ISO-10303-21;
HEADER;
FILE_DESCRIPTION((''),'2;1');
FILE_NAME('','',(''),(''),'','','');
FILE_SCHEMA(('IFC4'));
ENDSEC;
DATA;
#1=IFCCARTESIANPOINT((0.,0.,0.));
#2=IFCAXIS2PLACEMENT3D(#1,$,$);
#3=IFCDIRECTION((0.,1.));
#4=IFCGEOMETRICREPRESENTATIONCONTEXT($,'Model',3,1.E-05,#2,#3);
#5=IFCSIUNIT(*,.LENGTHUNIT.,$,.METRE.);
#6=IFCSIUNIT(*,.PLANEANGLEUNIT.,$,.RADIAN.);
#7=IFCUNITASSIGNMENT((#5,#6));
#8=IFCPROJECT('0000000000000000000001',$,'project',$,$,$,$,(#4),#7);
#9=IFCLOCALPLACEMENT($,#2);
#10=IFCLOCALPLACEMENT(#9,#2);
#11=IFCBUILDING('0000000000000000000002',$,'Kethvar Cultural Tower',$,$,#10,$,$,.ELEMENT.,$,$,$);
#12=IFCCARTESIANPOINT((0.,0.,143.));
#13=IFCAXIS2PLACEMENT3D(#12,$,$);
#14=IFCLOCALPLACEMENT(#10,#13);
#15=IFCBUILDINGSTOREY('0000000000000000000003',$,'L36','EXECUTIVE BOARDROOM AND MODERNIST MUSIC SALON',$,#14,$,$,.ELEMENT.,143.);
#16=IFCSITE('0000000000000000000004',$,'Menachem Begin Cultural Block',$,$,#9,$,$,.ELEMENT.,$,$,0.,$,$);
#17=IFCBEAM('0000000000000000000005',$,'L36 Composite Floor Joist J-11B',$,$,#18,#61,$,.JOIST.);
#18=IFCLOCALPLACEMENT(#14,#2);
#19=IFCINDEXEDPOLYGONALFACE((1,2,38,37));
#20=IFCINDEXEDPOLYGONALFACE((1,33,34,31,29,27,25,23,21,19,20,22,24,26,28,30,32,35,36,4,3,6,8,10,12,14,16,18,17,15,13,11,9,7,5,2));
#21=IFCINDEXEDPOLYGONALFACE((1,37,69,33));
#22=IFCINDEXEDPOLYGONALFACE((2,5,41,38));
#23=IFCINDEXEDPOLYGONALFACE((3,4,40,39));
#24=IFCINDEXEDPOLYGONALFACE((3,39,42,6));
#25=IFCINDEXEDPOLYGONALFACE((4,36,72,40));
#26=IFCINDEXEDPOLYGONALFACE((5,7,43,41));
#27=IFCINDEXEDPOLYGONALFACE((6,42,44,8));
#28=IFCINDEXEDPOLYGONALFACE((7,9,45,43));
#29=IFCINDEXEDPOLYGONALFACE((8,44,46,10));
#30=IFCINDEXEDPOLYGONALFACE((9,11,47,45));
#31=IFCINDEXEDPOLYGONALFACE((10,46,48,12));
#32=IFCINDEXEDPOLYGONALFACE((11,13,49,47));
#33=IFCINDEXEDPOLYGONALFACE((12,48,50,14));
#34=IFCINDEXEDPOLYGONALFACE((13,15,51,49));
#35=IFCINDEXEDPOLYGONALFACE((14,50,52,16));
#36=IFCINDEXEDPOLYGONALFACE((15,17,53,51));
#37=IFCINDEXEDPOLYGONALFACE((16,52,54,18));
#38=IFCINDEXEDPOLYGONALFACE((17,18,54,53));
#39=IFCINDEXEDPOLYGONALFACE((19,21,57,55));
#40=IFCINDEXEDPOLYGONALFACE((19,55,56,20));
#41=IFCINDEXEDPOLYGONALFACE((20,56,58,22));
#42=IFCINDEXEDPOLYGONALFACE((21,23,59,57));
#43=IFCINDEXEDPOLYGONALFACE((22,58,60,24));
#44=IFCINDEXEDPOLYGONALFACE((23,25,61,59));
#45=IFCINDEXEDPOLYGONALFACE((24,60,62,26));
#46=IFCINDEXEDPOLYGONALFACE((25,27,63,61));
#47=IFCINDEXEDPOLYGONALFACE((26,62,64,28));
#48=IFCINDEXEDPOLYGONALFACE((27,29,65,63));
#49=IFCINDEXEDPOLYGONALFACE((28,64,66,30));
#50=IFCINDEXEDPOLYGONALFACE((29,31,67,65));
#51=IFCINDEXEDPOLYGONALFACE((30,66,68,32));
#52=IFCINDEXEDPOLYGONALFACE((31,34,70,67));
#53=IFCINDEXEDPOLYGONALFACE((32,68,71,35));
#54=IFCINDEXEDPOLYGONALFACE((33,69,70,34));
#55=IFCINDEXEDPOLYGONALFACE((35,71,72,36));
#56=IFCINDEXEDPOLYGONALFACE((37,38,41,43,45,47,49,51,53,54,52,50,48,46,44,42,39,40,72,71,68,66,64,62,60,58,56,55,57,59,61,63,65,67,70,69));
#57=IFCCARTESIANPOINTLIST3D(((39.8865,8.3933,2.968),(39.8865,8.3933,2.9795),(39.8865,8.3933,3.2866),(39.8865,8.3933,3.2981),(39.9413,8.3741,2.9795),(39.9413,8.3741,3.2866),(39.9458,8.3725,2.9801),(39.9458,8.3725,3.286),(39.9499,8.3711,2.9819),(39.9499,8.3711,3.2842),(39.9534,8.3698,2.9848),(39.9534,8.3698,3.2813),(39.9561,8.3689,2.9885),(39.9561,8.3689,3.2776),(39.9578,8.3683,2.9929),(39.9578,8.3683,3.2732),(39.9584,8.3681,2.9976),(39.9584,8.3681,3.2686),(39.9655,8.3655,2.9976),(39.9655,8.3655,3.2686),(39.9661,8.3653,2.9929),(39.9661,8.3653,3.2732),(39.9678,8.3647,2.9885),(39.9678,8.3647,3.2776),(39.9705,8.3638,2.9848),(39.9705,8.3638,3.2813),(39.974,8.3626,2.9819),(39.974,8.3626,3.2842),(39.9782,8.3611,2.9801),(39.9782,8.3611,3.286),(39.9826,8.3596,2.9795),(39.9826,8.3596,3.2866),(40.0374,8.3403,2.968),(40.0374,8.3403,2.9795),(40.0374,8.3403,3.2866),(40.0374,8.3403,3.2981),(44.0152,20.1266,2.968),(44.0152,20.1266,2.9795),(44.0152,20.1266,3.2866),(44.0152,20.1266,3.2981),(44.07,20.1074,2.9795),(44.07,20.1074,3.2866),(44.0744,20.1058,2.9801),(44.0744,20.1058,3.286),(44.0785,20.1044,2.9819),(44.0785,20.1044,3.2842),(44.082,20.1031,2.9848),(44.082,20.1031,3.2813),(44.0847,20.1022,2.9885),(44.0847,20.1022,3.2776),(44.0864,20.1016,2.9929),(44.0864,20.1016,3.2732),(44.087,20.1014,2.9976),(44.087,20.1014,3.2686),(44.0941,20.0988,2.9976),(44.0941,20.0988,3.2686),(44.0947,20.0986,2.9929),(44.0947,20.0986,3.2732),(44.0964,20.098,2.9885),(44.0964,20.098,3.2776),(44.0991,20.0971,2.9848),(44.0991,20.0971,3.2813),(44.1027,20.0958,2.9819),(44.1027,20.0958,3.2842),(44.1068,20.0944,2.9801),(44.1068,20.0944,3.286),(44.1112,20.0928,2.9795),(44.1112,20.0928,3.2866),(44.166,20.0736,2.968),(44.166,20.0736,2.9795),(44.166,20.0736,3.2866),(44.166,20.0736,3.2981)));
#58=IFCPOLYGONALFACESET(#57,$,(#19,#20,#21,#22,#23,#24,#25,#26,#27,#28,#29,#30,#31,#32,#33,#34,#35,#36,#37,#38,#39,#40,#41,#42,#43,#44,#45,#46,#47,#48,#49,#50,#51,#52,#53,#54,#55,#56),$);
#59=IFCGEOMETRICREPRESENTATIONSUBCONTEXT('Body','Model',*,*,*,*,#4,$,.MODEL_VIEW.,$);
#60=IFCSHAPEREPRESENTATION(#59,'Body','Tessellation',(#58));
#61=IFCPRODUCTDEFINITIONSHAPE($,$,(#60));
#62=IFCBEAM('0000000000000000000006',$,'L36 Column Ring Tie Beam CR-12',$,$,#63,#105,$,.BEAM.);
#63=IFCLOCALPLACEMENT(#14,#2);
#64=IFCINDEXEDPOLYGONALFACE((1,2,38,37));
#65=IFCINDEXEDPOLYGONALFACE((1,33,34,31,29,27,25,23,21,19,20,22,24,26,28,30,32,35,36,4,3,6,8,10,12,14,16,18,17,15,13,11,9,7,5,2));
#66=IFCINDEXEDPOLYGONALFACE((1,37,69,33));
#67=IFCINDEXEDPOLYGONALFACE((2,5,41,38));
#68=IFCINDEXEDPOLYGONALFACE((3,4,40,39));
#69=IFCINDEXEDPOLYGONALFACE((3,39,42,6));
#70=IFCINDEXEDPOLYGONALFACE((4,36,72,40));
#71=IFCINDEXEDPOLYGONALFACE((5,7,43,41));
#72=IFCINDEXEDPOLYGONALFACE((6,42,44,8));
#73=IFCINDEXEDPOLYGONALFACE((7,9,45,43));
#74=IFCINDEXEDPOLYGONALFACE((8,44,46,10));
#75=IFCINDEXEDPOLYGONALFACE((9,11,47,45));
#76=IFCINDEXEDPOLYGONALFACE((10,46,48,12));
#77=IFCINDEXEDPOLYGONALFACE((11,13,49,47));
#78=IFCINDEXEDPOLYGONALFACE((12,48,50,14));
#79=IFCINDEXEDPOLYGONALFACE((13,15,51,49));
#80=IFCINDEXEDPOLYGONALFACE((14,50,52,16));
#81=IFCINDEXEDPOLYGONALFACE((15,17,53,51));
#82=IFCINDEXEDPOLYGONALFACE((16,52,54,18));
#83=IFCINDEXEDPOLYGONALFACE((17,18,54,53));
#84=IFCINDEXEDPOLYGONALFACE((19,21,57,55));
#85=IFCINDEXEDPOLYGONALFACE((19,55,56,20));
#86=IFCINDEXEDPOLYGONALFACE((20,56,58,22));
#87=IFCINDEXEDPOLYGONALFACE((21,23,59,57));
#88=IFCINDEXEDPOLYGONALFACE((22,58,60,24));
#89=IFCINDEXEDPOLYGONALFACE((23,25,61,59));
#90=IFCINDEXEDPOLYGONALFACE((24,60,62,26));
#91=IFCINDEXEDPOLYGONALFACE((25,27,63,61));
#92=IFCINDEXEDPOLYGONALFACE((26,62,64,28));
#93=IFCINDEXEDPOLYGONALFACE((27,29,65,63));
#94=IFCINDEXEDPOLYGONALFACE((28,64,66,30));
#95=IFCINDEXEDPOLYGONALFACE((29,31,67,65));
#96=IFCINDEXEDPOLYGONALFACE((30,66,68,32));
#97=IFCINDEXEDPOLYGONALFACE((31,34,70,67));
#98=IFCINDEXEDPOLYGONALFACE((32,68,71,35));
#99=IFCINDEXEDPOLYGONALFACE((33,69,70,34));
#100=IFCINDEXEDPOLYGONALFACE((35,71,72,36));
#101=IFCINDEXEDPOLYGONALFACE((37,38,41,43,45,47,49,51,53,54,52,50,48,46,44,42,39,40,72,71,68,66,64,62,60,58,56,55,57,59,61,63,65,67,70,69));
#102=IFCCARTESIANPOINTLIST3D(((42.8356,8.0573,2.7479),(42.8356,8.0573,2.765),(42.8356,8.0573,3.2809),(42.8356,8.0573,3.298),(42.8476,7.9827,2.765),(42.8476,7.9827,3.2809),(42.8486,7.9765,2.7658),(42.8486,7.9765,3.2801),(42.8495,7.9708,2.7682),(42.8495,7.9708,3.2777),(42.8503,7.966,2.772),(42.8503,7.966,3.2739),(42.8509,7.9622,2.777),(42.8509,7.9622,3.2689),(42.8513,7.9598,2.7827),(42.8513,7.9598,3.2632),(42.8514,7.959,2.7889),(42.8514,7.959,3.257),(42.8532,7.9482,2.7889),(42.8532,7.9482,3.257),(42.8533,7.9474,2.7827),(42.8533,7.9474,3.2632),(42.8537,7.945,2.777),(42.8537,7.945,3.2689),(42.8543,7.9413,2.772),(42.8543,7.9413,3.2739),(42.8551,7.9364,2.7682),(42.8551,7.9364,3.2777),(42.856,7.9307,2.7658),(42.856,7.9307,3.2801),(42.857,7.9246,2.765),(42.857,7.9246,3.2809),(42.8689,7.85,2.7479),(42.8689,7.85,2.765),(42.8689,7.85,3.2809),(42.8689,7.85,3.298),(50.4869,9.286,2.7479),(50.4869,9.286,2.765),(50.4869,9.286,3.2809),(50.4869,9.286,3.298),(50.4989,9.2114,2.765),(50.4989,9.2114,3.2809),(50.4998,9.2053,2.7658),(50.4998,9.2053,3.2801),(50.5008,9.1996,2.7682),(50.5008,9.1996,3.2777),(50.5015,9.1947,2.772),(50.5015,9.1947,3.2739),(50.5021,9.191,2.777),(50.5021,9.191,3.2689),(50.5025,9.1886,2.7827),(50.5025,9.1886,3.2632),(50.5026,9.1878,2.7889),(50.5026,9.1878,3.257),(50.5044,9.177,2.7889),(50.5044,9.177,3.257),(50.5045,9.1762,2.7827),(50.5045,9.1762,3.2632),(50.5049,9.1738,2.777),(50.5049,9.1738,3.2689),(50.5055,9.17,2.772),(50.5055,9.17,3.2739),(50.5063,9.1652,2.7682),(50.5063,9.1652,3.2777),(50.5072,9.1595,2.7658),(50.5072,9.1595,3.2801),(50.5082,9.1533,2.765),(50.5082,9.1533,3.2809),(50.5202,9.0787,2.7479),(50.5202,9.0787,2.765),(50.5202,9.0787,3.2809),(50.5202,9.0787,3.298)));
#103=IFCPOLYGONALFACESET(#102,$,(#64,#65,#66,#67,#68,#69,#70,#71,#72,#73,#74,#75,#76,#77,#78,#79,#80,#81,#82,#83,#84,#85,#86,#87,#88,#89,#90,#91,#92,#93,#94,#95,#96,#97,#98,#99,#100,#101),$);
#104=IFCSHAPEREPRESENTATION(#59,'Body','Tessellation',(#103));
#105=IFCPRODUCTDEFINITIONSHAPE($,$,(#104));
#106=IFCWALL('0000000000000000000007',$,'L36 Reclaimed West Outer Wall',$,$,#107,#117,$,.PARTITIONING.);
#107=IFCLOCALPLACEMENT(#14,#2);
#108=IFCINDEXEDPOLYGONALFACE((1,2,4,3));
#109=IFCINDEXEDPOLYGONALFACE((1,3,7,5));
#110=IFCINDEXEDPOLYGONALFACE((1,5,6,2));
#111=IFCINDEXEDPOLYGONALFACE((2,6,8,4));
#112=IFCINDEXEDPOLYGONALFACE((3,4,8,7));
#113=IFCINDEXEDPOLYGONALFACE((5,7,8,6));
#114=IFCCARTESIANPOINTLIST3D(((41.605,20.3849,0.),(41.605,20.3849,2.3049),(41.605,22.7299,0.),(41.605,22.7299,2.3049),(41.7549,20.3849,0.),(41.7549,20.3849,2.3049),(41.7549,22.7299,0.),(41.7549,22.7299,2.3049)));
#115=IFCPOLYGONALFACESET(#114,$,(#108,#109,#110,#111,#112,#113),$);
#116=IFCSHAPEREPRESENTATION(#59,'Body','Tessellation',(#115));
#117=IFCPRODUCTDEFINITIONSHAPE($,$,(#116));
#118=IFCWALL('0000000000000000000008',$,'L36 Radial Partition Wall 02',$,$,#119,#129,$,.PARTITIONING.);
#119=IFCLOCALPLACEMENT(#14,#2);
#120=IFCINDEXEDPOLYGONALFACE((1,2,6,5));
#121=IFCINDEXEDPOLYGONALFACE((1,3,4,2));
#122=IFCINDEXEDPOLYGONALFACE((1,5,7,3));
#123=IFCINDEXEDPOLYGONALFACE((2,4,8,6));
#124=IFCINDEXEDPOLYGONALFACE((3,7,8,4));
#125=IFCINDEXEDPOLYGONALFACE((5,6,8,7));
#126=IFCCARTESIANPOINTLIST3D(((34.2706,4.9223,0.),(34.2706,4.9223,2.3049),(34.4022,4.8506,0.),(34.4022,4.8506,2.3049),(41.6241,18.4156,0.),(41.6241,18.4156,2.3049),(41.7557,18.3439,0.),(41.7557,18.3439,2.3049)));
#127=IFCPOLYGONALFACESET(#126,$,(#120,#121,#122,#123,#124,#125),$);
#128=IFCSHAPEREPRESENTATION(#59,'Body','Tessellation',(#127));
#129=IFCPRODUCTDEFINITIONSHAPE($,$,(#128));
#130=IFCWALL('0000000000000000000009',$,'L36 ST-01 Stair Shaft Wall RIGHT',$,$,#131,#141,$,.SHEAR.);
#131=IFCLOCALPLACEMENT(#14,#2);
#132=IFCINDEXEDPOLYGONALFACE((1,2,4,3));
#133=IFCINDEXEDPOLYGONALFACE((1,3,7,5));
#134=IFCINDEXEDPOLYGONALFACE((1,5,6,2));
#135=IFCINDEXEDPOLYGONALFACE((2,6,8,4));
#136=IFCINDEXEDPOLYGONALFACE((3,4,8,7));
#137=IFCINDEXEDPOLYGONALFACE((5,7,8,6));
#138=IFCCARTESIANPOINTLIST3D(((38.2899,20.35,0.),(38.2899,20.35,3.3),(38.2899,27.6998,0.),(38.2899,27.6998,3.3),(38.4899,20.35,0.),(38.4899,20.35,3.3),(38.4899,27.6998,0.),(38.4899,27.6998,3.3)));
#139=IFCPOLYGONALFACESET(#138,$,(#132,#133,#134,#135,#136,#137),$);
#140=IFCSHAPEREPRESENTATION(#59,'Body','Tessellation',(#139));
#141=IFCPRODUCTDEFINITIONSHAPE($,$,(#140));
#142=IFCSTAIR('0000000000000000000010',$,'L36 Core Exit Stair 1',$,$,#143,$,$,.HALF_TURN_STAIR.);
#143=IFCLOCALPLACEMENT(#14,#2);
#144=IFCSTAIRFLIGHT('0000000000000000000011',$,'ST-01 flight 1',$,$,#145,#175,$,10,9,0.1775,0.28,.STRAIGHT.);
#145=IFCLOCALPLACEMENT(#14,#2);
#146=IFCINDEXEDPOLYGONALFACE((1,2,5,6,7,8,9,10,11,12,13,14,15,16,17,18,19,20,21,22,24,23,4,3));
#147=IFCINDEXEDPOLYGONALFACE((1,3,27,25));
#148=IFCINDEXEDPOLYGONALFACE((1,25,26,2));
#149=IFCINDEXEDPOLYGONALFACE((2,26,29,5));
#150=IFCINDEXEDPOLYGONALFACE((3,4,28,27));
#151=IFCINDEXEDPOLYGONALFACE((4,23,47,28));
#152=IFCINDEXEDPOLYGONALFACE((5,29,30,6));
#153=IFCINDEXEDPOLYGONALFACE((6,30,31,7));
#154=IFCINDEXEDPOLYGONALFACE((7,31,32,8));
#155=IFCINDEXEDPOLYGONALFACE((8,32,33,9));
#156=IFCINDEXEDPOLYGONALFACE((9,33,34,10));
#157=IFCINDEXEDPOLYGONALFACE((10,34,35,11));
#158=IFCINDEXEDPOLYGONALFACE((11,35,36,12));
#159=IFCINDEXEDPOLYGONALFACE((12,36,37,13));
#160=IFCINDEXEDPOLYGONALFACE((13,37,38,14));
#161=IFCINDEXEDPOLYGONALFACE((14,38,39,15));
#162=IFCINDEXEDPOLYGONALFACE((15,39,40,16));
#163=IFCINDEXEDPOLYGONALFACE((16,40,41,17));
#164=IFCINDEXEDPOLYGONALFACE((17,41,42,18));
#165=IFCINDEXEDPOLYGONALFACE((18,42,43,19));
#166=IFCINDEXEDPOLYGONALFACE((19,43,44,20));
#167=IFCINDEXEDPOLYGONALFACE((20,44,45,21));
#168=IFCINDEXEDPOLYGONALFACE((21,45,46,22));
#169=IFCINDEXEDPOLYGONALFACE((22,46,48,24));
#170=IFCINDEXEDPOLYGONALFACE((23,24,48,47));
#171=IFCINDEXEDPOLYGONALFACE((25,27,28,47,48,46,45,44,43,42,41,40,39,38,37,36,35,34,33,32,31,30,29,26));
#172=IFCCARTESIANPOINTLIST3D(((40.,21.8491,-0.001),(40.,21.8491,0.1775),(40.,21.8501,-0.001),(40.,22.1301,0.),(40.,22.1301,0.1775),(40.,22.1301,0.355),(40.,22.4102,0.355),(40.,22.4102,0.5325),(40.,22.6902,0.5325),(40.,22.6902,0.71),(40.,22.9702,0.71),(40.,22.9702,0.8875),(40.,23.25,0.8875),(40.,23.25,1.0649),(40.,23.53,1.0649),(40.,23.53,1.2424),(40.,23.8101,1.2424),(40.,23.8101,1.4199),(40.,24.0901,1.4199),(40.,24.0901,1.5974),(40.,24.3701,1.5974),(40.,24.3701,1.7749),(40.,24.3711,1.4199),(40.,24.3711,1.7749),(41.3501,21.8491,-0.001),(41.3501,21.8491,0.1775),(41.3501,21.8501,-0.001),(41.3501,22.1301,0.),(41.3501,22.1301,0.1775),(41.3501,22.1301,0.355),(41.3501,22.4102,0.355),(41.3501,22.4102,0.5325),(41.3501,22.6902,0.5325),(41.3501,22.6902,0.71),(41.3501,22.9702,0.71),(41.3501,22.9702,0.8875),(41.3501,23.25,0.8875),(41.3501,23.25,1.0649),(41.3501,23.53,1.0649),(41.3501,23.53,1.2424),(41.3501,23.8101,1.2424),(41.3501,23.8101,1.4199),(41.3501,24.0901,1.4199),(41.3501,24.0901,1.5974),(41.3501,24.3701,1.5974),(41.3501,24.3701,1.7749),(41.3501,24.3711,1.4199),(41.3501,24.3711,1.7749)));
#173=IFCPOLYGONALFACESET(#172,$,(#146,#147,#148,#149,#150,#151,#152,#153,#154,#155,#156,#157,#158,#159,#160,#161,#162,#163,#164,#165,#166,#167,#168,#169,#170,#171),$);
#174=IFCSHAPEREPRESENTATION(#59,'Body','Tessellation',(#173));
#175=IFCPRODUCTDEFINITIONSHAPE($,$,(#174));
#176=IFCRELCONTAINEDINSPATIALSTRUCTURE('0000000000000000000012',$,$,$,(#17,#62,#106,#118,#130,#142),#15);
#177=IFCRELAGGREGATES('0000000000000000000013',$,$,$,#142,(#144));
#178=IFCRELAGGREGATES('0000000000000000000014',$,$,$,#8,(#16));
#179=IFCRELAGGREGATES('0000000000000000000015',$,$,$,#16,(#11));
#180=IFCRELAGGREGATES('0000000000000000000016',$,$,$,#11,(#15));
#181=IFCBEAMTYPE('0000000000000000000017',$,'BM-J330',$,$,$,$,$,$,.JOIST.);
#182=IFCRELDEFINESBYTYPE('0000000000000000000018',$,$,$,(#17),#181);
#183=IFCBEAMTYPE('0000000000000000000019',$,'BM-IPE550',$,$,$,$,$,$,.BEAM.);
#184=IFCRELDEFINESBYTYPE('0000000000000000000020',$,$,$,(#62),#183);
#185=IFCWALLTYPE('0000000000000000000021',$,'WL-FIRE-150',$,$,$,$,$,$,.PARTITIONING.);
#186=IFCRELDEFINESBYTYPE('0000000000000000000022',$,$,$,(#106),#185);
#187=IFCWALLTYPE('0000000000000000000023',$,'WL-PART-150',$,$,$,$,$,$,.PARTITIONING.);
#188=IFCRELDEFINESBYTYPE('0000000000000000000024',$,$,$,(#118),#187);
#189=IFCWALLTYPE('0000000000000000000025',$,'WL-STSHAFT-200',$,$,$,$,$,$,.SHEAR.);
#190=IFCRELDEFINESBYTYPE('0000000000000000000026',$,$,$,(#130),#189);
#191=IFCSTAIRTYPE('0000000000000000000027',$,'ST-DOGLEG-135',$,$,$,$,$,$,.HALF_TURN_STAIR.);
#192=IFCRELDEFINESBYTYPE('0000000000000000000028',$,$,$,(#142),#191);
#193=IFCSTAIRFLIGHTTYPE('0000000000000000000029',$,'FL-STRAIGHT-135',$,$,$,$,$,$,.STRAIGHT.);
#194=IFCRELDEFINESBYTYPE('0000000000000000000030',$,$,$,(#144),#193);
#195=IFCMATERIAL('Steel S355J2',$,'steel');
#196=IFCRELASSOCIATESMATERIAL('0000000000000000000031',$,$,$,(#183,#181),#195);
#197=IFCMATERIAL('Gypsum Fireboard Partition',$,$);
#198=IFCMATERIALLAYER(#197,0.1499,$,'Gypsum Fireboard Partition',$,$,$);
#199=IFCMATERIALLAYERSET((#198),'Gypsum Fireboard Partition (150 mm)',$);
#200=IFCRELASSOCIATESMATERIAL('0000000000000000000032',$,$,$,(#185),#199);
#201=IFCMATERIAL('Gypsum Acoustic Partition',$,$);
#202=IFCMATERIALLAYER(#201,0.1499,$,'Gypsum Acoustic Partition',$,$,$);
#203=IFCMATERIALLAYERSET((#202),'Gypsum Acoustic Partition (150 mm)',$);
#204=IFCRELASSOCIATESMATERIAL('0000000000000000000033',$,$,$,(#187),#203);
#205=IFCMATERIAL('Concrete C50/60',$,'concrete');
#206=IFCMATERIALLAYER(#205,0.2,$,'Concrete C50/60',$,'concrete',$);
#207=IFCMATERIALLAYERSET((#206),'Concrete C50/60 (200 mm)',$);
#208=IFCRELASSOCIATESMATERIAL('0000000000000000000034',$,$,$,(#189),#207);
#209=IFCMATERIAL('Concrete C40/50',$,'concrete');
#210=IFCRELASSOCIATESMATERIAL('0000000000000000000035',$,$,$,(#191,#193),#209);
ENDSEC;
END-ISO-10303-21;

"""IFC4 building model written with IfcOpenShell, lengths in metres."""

from ifc_helpers import new_model, si_unit, direction, frame, frame_2d, origin, origin_2d, place, context, subcontext, project, spatial, polyline, rectangle, i_section, outline, extrude, source, transform, mapped, material, layer, layer_set, material_profile, profile_set, type_object, element, aggregate, save


model = new_model("IFC4")

# Units and contexts
model_context = context("Model", 3, precision=1e-05, world=origin(), true_north=direction((0.0, 1.0)))
body_context = subcontext(model_context, "Body", "Model", "MODEL_VIEW")
ifc_project = project(units=[si_unit("LENGTHUNIT", "METRE"), si_unit("PLANEANGLEUNIT", "RADIAN")], contexts=[model_context])

# Site, building, storey
site_placement = place(None, origin())
site = spatial("IfcSite", under=ifc_project, at=site_placement, Name="Menachem Begin Cultural Block", CompositionType="ELEMENT", RefElevation=0.0)
building_placement = place(site_placement, origin())
building = spatial("IfcBuilding", under=site, at=building_placement, Name="Kethvar Cultural Tower", CompositionType="ELEMENT")
storey_placement = place(building_placement, frame((0.0, 0.0, 143.0)))
storey = spatial("IfcBuildingStorey", under=building, at=storey_placement, Name="L36", Description="EXECUTIVE BOARDROOM AND MODERNIST MUSIC SALON", CompositionType="ELEMENT", Elevation=143.0)

# Beams
ifc_material_1 = material(Name="Steel S355J2", Category="steel")
ifc_material_profile_1 = material_profile(ifc_material_1, i_section(OverallWidth=0.21, OverallDepth=0.55, WebThickness=0.011, FlangeThickness=0.0171, FilletRadius=0.0239, at=origin_2d()), Name="Steel S355J2 — IPE550")
ifc_profile_set_1 = profile_set([ifc_material_profile_1], Name="Steel S355J2 — IPE550")
beam_type_1 = type_object("IfcBeamType", Name="BM-IPE550", PredefinedType="BEAM", material=ifc_profile_set_1)
ifc_material_profile_2 = material_profile(ifc_material_1, i_section(OverallWidth=0.1599, OverallDepth=0.3301, WebThickness=0.0076, FlangeThickness=0.0115, FilletRadius=0.0181, at=origin_2d()), Name="Steel S355J2 — IPE330")
ifc_profile_set_2 = profile_set([ifc_material_profile_2], Name="Steel S355J2 — IPE330")
beam_type_2 = type_object("IfcBeamType", Name="BM-J330", PredefinedType="JOIST", material=ifc_profile_set_2)
shared_shape_1 = source(origin(), body_context, "Body", "SweptSolid", [
    extrude(i_section(OverallWidth=0.1599, OverallDepth=0.3301, WebThickness=0.0076, FlangeThickness=0.0115, FilletRadius=0.0181, at=origin_2d()), origin(), (0.0, 0.0, 1.0), 12.4385),
])
beam_1_placement = place(storey_placement, frame((44.0906, 20.1001, 3.1331), z_axis=(-0.331924, -0.943306, 0.0), x_axis=(0.943306, -0.331924, 0.0)))
element("IfcBeam", 1, at=beam_1_placement, inside=storey, type_object=beam_type_2, Name="L36 Composite Floor Joist J-11B", PredefinedType="JOIST", context=body_context, shape_type="MappedRepresentation", body=[
    mapped(shared_shape_1, transform((0.0, 0.0, 0.0), scale=1.0)),
])
shared_shape_2 = source(origin(), body_context, "Body", "SweptSolid", [
    extrude(i_section(OverallWidth=0.21, OverallDepth=0.55, WebThickness=0.011, FlangeThickness=0.0171, FilletRadius=0.0239, at=origin_2d()), origin(), (0.0, 0.0, 1.0), 7.7493),
])
beam_2_placement = place(storey_placement, frame((42.8523, 7.9536, 3.0229), z_axis=(0.987348, 0.158567, 0.0), x_axis=(-0.158567, 0.987348, 0.0)))
element("IfcBeam", 2, at=beam_2_placement, inside=storey, type_object=beam_type_1, Name="L36 Column Ring Tie Beam CR-12", PredefinedType="BEAM", context=body_context, shape_type="MappedRepresentation", body=[
    mapped(shared_shape_2, transform((0.0, 0.0, 0.0), scale=1.0)),
])

# Wall
ifc_material_2 = material(Name="Gypsum Fireboard Partition")
ifc_layer_1 = layer(ifc_material_2, 0.1499, Name="Gypsum Fireboard Partition")
ifc_layer_set_1 = layer_set([ifc_layer_1], Name="Gypsum Fireboard Partition (150 mm)")
wall_type_1 = type_object("IfcWallType", Name="WL-FIRE-150", PredefinedType="PARTITIONING", material=ifc_layer_set_1)
wall_1_placement = place(storey_placement, frame((41.6799, 20.385, 0.0), z_axis=(0.0, 0.0, 1.0), x_axis=(0.0, 1.0, 0.0)))
element("IfcWall", 3, at=wall_1_placement, inside=storey, type_object=wall_type_1, Name="L36 Reclaimed West Outer Wall", PredefinedType="PARTITIONING", context=body_context, shape_type="SweptSolid", body=[
    extrude(rectangle(XDim=2.345, YDim=0.1499, at=frame_2d((1.1724, 0.0))), origin(), (0.0, 0.0, 1.0), 2.3049),
])

# Walls
ifc_material_3 = material(Name="Gypsum Acoustic Partition")
ifc_layer_2 = layer(ifc_material_3, 0.1499, Name="Gypsum Acoustic Partition")
ifc_layer_set_2 = layer_set([ifc_layer_2], Name="Gypsum Acoustic Partition (150 mm)")
wall_type_2 = type_object("IfcWallType", Name="WL-PART-150", PredefinedType="PARTITIONING", material=ifc_layer_set_2)
wall_2_placement = place(storey_placement, frame((41.6899, 18.3799, 0.0), z_axis=(0.0, 0.0, 1.0), x_axis=(-0.478525, -0.878074, 0.0)))
element("IfcWall", 4, at=wall_2_placement, inside=storey, type_object=wall_type_2, Name="L36 Radial Partition Wall 02", PredefinedType="PARTITIONING", context=body_context, shape_type="SweptSolid", body=[
    extrude(rectangle(XDim=15.3669, YDim=0.1499, at=frame_2d((7.6836, 0.0))), origin(), (0.0, 0.0, 1.0), 2.3049),
])
ifc_material_4 = material(Name="Concrete C50/60", Category="concrete")
ifc_layer_3 = layer(ifc_material_4, 0.2, Name="Concrete C50/60", Category="concrete")
ifc_layer_set_3 = layer_set([ifc_layer_3], Name="Concrete C50/60 (200 mm)")
wall_type_3 = type_object("IfcWallType", Name="WL-STSHAFT-200", PredefinedType="SHEAR", material=ifc_layer_set_3)
wall_3_placement = place(storey_placement, frame((38.3899, 20.3501, 0.0), z_axis=(0.0, 0.0, 1.0), x_axis=(0.0, 1.0, 0.0)))
element("IfcWall", 5, at=wall_3_placement, inside=storey, type_object=wall_type_3, Name="L36 ST-01 Stair Shaft Wall RIGHT", PredefinedType="SHEAR", context=body_context, shape_type="SweptSolid", body=[
    extrude(rectangle(XDim=7.3499, YDim=0.2, at=frame_2d((3.6748, 0.0))), origin(), (0.0, 0.0, 1.0), 3.3),
])

# Stair, stair flight
ifc_material_5 = material(Name="Concrete C40/50", Category="concrete")
stair_type = type_object("IfcStairType", Name="ST-DOGLEG-135", PredefinedType="HALF_TURN_STAIR", material=ifc_material_5)
stair_placement = place(storey_placement, origin())
stair = element("IfcStair", 6, at=stair_placement, inside=storey, type_object=stair_type, Name="L36 Core Exit Stair 1", PredefinedType="HALF_TURN_STAIR")
stair_flight_type = type_object("IfcStairFlightType", Name="FL-STRAIGHT-135", PredefinedType="STRAIGHT", material=ifc_material_5)
stair_flight_placement = place(storey_placement, frame((40.675, 21.8501, 0.0), z_axis=(0.0, 0.0, 1.0), x_axis=(0.0, 1.0, 0.0)))
stair_flight = element("IfcStairFlight", 7, at=stair_flight_placement, type_object=stair_flight_type, Name="ST-01 flight 1", NumberOfRisers=10, NumberOfTreads=9, PredefinedType="STRAIGHT", RiserHeight=0.1775, TreadLength=0.28, context=body_context, shape_type="SweptSolid", body=[
    extrude(outline(polyline([(-0.001, -0.001), (-0.001, 0.1775), (0.28, 0.1775), (0.28, 0.355), (0.5601, 0.355), (0.5601, 0.5325), (0.8401, 0.5325), (0.8401, 0.71), (1.1201, 0.71), (1.1201, 0.8875), (1.3999, 0.8875), (1.3999, 1.0649), (1.6799, 1.0649), (1.6799, 1.2424), (1.96, 1.2424), (1.96, 1.4199), (2.24, 1.4199), (2.24, 1.5974), (2.52, 1.5974), (2.52, 1.7749), (2.521, 1.7749), (2.521, 1.4199), (0.28, 0.0), (0.0, -0.001), (-0.001, -0.001)])), frame((0.0, 0.675, 0.0), z_axis=(0.0, -1.0, 0.0), x_axis=(1.0, 0.0, 0.0)), (0.0, 0.0, 1.0), 1.3501),
])
aggregate(stair, [stair_flight])

save(model, "model.ifc")
